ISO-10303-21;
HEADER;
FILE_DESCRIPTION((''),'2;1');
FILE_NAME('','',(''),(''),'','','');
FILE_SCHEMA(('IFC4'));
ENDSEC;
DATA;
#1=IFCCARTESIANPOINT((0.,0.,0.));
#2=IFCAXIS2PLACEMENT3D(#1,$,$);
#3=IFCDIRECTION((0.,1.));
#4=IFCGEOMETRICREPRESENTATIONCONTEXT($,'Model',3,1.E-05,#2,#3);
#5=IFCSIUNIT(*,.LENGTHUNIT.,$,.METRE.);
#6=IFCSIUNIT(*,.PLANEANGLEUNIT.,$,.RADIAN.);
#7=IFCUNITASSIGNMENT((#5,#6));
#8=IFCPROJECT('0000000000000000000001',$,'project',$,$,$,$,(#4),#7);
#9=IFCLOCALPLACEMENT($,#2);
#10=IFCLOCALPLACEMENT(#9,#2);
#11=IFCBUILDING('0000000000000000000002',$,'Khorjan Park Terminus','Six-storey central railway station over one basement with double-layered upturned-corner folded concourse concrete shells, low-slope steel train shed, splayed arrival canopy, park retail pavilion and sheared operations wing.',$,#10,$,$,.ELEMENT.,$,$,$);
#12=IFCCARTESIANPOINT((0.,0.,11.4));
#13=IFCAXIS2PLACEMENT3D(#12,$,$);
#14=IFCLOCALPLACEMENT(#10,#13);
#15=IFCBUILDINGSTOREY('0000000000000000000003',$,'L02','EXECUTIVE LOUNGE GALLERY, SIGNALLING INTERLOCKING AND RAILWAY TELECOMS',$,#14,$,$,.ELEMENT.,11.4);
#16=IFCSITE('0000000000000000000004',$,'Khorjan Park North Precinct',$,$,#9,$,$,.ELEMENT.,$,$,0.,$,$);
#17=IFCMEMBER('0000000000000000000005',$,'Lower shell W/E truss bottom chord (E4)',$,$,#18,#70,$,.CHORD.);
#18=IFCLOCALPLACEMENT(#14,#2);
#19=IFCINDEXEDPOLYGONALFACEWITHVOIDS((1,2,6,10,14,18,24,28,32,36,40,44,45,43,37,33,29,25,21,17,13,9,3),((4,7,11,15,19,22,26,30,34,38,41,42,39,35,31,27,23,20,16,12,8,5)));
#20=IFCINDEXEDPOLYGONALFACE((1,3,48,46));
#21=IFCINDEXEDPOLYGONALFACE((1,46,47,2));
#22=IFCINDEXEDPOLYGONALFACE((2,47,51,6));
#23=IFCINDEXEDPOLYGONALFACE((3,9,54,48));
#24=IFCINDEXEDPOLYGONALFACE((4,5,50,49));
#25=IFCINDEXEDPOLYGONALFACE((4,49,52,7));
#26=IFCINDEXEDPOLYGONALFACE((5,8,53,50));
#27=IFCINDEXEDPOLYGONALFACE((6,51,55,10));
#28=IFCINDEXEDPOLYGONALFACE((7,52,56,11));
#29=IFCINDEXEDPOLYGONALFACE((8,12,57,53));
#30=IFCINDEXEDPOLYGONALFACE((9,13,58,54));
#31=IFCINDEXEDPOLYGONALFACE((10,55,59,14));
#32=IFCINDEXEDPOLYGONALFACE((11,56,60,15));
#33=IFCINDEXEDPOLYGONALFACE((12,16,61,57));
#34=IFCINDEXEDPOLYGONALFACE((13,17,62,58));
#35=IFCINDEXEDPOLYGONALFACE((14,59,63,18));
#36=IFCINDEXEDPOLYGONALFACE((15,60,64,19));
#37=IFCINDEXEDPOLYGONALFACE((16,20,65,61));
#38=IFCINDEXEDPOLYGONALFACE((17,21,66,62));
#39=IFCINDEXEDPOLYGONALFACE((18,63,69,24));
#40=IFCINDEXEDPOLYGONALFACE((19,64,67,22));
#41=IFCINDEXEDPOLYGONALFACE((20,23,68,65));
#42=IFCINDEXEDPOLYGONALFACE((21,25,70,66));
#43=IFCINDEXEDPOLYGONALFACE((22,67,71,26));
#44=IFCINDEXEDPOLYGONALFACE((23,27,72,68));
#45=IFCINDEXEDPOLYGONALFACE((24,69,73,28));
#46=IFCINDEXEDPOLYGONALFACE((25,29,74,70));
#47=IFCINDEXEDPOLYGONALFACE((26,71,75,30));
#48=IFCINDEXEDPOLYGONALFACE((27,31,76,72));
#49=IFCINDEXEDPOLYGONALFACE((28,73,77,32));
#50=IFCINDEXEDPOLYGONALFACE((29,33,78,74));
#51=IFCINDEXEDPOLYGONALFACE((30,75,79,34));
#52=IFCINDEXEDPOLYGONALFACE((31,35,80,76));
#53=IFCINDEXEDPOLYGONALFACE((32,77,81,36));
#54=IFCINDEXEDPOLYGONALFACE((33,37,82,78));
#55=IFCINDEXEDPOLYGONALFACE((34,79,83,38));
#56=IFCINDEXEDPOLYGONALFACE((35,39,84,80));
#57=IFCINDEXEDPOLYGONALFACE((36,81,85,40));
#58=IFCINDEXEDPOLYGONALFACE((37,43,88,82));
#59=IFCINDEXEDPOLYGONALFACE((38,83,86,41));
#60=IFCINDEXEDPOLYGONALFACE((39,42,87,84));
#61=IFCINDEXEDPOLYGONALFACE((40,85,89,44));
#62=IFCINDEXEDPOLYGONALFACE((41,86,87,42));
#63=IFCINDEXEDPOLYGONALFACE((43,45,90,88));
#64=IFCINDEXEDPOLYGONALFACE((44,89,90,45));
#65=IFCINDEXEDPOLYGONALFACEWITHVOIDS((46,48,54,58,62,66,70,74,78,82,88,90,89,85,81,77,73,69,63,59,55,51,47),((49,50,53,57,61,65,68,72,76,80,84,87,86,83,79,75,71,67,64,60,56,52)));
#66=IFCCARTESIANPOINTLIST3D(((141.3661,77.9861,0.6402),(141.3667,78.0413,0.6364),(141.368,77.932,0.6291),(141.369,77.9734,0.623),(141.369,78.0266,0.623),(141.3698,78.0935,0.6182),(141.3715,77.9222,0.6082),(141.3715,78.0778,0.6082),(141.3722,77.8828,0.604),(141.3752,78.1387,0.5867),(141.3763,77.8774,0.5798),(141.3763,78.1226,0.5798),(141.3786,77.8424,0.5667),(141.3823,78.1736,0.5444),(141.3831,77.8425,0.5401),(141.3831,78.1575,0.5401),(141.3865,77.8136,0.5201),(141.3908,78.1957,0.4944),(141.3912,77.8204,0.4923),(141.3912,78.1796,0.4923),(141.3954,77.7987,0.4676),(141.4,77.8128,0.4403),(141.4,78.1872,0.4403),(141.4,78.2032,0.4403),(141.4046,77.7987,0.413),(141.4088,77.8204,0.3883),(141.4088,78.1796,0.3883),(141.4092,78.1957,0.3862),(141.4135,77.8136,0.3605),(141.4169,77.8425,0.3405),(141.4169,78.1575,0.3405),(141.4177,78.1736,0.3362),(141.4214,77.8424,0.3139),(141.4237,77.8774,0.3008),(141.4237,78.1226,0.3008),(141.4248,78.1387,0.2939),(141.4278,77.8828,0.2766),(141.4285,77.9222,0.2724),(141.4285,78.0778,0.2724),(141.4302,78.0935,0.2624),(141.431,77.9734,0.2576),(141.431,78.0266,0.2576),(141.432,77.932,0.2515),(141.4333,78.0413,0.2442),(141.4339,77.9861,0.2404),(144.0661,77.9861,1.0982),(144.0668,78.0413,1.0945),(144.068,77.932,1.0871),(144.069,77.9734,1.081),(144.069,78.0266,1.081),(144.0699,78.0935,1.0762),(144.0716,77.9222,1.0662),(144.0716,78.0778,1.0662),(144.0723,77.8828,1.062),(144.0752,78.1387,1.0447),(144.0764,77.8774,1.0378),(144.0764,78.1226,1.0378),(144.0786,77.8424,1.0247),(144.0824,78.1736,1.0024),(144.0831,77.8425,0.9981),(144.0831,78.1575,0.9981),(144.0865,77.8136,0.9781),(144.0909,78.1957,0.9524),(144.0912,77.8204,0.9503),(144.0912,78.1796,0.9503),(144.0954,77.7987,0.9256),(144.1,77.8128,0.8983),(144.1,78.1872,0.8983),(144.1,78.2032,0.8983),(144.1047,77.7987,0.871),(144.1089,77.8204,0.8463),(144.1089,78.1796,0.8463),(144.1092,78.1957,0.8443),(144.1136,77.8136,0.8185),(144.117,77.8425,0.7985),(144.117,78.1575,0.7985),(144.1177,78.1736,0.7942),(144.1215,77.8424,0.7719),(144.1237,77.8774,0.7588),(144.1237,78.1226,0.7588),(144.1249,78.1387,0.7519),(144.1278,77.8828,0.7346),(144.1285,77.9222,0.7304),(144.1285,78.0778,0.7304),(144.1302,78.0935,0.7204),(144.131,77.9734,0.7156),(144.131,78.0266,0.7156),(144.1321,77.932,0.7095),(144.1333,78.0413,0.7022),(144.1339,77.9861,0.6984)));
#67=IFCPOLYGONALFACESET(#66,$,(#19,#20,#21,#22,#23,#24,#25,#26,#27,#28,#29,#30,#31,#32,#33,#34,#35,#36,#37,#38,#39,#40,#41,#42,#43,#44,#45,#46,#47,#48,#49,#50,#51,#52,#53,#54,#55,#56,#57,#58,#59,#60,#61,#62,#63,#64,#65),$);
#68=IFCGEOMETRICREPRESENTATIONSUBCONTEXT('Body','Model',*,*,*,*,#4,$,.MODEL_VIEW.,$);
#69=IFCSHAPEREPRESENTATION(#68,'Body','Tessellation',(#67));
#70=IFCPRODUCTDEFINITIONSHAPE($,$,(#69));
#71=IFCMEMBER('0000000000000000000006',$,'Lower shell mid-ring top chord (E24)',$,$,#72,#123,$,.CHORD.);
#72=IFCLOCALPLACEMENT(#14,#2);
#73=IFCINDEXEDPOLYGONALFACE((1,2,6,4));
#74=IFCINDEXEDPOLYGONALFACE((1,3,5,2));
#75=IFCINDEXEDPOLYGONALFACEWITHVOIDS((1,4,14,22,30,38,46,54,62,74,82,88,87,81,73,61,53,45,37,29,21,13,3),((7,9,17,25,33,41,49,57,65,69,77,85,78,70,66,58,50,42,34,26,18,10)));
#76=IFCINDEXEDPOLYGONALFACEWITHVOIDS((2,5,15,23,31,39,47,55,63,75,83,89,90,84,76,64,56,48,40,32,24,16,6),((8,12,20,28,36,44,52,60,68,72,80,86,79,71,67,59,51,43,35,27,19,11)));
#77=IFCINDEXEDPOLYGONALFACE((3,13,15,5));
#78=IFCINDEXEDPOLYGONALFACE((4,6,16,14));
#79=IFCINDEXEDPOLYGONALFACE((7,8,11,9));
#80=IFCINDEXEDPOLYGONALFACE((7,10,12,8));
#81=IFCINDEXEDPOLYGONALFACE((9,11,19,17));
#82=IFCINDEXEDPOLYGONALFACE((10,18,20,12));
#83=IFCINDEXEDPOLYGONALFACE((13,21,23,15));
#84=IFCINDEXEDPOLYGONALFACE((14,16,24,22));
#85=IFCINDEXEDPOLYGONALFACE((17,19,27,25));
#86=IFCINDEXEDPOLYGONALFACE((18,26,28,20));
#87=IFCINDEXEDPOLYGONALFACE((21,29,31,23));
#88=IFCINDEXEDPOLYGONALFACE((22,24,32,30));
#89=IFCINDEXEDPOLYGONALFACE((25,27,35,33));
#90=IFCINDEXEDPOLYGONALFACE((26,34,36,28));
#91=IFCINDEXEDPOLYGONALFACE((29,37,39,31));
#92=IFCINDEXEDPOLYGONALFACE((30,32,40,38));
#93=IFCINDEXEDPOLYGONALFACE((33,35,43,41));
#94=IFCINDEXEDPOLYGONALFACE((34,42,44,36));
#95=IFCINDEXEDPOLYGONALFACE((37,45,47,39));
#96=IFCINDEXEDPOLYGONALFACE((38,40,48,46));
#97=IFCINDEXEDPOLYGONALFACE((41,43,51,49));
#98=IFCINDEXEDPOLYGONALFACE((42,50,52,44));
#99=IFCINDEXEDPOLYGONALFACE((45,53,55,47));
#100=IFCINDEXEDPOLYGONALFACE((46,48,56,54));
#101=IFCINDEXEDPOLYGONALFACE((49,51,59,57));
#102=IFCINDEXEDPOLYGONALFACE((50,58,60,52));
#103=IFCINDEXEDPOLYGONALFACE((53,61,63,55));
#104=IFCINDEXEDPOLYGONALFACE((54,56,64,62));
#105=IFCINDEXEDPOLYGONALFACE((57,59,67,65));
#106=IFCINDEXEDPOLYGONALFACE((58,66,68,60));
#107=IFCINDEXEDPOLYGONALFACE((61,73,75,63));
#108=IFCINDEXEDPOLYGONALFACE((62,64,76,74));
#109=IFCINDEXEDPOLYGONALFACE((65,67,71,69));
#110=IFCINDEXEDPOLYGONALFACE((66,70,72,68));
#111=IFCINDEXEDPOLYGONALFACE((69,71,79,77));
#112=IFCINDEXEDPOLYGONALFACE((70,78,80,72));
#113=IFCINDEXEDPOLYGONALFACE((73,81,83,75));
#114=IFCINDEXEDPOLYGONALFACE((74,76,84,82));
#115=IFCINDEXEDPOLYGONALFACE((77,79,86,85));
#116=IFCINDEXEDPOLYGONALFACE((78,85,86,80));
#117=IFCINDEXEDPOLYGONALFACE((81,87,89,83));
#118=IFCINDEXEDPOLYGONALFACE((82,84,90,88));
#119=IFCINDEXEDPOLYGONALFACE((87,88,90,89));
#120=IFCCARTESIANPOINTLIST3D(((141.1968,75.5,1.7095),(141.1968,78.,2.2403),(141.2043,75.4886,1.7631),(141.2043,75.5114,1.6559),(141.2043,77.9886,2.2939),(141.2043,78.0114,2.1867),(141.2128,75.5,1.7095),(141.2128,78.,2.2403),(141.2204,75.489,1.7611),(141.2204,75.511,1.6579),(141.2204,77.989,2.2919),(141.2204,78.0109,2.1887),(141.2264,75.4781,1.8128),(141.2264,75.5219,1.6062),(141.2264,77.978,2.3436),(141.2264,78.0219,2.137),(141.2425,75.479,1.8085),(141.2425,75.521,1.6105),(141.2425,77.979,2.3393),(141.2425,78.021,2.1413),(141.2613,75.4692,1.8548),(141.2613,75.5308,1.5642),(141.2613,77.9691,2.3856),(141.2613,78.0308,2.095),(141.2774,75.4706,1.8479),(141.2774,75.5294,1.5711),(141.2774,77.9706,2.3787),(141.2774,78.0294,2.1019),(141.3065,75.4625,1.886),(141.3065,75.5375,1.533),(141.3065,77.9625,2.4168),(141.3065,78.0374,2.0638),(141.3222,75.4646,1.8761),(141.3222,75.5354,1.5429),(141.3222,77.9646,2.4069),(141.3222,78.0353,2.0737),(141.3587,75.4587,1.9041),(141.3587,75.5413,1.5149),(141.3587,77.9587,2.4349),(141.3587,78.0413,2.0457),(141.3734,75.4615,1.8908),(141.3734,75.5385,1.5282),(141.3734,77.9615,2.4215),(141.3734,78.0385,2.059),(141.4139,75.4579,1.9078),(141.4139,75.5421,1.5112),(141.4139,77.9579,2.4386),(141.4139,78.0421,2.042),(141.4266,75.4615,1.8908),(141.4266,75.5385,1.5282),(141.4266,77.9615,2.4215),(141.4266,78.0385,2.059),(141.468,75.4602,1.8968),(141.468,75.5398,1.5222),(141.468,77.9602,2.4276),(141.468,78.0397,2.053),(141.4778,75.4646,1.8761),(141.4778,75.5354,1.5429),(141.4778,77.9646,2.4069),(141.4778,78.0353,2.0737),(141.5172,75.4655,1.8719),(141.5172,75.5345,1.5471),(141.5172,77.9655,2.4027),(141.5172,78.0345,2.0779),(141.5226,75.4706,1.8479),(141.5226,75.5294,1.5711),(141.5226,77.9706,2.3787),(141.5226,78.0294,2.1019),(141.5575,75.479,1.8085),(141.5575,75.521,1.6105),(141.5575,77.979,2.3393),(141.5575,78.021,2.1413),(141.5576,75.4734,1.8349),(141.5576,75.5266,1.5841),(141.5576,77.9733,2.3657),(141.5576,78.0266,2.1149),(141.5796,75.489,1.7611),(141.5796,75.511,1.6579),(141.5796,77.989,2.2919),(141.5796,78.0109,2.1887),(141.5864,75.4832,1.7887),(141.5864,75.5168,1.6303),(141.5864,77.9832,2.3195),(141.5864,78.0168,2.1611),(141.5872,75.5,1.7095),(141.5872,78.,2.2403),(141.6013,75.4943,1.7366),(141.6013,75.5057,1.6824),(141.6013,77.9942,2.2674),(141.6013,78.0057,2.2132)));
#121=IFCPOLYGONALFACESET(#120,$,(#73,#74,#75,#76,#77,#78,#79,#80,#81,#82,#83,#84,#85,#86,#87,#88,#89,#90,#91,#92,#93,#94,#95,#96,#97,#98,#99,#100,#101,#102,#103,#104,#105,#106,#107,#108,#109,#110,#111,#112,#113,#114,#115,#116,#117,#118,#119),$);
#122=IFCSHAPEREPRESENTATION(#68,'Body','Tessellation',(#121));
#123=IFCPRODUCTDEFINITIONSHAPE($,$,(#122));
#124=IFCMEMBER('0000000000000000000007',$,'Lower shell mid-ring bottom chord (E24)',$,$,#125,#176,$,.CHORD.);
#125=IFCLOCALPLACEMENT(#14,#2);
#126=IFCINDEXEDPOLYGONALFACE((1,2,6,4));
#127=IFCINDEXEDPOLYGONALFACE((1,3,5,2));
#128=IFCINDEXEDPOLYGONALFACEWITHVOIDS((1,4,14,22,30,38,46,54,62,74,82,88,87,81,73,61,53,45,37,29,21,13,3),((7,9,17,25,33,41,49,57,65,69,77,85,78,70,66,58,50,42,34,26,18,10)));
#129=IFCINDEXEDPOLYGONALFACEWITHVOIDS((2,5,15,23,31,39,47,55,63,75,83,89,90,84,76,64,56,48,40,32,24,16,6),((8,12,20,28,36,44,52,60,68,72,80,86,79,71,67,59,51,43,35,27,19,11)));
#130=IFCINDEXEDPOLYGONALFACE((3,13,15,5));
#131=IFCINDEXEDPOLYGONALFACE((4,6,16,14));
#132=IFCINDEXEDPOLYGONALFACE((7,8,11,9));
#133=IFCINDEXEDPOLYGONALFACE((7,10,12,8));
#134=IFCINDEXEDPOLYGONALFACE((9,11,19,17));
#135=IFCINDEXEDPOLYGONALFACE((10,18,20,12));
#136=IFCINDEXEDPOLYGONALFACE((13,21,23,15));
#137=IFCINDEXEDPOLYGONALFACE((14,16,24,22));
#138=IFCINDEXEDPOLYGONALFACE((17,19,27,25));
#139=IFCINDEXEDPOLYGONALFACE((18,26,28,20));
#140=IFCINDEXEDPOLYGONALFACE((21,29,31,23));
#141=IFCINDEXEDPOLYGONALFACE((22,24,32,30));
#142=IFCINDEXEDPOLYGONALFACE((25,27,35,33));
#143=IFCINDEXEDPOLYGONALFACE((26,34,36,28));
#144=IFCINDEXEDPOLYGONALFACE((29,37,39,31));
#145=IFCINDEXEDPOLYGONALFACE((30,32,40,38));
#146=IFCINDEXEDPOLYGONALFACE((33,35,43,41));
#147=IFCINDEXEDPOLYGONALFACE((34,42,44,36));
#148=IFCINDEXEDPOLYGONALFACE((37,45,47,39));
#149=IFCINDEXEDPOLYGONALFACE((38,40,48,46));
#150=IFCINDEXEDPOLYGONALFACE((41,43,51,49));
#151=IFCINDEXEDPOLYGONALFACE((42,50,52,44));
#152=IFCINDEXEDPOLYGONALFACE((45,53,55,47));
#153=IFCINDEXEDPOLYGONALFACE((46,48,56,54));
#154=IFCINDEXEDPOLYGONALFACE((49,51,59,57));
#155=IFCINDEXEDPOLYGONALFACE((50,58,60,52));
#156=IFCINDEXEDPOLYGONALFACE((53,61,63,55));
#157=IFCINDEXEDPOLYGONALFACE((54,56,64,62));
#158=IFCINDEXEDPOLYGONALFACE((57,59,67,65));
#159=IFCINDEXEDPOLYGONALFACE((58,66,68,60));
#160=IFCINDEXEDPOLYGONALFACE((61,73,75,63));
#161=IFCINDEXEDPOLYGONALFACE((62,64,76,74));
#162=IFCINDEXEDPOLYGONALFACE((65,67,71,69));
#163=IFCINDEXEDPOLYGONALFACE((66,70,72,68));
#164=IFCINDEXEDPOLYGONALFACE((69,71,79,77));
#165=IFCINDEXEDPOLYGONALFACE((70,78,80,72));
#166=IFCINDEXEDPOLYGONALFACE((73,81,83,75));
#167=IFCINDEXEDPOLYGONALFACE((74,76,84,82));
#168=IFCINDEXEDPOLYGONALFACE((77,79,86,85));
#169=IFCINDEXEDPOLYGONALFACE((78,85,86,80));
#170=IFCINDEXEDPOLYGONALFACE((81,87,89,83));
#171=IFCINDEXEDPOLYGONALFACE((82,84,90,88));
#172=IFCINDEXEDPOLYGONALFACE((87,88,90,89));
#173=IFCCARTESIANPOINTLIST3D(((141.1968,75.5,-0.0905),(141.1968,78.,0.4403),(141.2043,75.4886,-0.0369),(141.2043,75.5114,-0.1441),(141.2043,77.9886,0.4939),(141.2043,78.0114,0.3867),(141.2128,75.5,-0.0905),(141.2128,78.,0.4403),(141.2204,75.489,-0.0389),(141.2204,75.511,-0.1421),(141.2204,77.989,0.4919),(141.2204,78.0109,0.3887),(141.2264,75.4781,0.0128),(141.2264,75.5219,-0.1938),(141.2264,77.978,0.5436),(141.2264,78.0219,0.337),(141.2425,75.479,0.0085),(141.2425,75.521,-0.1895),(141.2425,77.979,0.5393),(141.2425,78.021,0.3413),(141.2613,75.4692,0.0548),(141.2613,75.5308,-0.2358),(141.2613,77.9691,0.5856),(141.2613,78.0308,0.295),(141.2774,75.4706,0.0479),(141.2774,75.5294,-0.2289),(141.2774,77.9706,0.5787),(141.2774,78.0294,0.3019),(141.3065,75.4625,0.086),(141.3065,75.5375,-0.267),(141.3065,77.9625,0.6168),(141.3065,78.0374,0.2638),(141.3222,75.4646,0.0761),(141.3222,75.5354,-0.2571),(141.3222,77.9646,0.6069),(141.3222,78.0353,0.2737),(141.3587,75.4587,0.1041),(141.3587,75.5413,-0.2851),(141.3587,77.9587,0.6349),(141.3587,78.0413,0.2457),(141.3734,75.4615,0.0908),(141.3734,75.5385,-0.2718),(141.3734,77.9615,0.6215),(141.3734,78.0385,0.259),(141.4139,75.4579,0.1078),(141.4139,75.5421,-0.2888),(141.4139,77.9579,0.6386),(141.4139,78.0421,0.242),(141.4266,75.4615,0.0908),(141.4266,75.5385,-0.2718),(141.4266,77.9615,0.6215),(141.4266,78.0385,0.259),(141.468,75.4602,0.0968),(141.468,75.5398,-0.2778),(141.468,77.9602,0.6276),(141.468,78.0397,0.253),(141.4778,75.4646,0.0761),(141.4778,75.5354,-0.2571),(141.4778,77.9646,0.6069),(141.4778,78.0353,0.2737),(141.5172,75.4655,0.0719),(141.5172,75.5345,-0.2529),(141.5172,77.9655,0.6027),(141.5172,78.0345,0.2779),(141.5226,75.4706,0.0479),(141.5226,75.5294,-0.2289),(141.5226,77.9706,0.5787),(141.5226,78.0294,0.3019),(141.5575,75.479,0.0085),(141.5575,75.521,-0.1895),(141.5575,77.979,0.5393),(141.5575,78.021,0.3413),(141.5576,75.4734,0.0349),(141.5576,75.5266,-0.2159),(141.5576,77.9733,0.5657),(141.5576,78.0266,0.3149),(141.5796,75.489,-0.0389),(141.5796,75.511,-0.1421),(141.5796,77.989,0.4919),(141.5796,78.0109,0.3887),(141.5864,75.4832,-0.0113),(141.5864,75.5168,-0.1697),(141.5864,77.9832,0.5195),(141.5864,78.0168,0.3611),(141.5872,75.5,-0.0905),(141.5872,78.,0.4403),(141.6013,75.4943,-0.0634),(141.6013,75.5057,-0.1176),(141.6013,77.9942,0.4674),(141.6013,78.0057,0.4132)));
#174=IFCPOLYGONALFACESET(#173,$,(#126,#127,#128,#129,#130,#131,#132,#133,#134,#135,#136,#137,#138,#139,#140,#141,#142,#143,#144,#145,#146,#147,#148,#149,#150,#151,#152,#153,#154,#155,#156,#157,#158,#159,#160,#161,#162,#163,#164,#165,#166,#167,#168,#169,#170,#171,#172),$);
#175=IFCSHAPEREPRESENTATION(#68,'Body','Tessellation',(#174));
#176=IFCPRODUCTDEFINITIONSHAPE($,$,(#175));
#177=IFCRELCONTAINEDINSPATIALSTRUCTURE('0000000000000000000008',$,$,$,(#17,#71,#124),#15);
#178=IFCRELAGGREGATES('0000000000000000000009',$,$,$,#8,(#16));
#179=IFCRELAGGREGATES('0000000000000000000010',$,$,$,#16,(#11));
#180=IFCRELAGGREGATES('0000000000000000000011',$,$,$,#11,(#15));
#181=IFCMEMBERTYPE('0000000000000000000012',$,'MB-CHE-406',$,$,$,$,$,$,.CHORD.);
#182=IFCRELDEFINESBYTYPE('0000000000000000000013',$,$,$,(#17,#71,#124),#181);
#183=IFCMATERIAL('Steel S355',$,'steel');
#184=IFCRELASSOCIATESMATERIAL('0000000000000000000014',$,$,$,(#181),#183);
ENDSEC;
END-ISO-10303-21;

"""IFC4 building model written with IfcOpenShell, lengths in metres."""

from ifc_helpers import new_model, si_unit, direction, frame, origin, origin_2d, place, context, subcontext, project, spatial, hollow_circle, extrude, material, material_profile, profile_set, type_object, element, save


model = new_model("IFC4")

# Units and contexts
model_context = context("Model", 3, precision=1e-05, world=origin(), true_north=direction((0.0, 1.0)))
body_context = subcontext(model_context, "Body", "Model", "MODEL_VIEW")
ifc_project = project(units=[si_unit("LENGTHUNIT", "METRE"), si_unit("PLANEANGLEUNIT", "RADIAN")], contexts=[model_context])

# Site, building, storey
site_placement = place(None, origin())
site = spatial("IfcSite", under=ifc_project, at=site_placement, Name="Khorjan Park North Precinct", CompositionType="ELEMENT", RefElevation=0.0)
building_placement = place(site_placement, origin())
building = spatial("IfcBuilding", under=site, at=building_placement, Name="Khorjan Park Terminus", Description="Six-storey central railway station over one basement with double-layered upturned-corner folded concourse concrete shells, low-slope steel train shed, splayed arrival canopy, park retail pavilion and sheared operations wing.", CompositionType="ELEMENT")
storey_placement = place(building_placement, frame((0.0, 0.0, 11.4)))
storey = spatial("IfcBuildingStorey", under=building, at=storey_placement, Name="L02", Description="EXECUTIVE LOUNGE GALLERY, SIGNALLING INTERLOCKING AND RAILWAY TELECOMS", CompositionType="ELEMENT", Elevation=11.4)

# Members
ifc_material_1 = material(Name="Steel S355", Category="steel")
ifc_material_profile_1 = material_profile(ifc_material_1, hollow_circle(Radius=0.2032, WallThickness=0.016, at=origin_2d()), Name="CHS 406.4x16")
ifc_profile_set_1 = profile_set([ifc_material_profile_1], Name="Steel S355")
member_type_1 = type_object("IfcMemberType", Name="MB-CHE-406", PredefinedType="CHORD", material=ifc_profile_set_1)
for number, where, z_axis, x_axis, name in (
    (1, (141.4, 78.0, 0.4403), (0.985916, 0.0, 0.167241), (0.0, 1.0, 0.0), "Lower shell W/E truss bottom chord (E4)"),
):
    element("IfcMember", number, at=place(storey_placement, frame(where, z_axis=z_axis, x_axis=x_axis)), inside=storey, type_object=member_type_1, Name=name, PredefinedType="CHORD", context=body_context, shape_type="SweptSolid", body=[
        extrude(hollow_circle(Radius=0.2032, WallThickness=0.016, at=origin_2d()), origin(), (0.0, 0.0, 1.0), 2.7386),
    ])
for number, where, z_axis, x_axis, name in (
    (2, (141.4, 75.5, 1.7095), (0.0, 0.978195, 0.20769), (-1.0, 0.0, 0.0), "Lower shell mid-ring top chord (E24)"),
    (3, (141.4, 75.5, -0.0905), (0.0, 0.978195, 0.20769), (-1.0, 0.0, 0.0), "Lower shell mid-ring bottom chord (E24)"),
):
    element("IfcMember", number, at=place(storey_placement, frame(where, z_axis=z_axis, x_axis=x_axis)), inside=storey, type_object=member_type_1, Name=name, PredefinedType="CHORD", context=body_context, shape_type="SweptSolid", body=[
        extrude(hollow_circle(Radius=0.2032, WallThickness=0.016, at=origin_2d()), origin(), (0.0, 0.0, 1.0), 2.5557),
    ])

save(model, "model.ifc")
